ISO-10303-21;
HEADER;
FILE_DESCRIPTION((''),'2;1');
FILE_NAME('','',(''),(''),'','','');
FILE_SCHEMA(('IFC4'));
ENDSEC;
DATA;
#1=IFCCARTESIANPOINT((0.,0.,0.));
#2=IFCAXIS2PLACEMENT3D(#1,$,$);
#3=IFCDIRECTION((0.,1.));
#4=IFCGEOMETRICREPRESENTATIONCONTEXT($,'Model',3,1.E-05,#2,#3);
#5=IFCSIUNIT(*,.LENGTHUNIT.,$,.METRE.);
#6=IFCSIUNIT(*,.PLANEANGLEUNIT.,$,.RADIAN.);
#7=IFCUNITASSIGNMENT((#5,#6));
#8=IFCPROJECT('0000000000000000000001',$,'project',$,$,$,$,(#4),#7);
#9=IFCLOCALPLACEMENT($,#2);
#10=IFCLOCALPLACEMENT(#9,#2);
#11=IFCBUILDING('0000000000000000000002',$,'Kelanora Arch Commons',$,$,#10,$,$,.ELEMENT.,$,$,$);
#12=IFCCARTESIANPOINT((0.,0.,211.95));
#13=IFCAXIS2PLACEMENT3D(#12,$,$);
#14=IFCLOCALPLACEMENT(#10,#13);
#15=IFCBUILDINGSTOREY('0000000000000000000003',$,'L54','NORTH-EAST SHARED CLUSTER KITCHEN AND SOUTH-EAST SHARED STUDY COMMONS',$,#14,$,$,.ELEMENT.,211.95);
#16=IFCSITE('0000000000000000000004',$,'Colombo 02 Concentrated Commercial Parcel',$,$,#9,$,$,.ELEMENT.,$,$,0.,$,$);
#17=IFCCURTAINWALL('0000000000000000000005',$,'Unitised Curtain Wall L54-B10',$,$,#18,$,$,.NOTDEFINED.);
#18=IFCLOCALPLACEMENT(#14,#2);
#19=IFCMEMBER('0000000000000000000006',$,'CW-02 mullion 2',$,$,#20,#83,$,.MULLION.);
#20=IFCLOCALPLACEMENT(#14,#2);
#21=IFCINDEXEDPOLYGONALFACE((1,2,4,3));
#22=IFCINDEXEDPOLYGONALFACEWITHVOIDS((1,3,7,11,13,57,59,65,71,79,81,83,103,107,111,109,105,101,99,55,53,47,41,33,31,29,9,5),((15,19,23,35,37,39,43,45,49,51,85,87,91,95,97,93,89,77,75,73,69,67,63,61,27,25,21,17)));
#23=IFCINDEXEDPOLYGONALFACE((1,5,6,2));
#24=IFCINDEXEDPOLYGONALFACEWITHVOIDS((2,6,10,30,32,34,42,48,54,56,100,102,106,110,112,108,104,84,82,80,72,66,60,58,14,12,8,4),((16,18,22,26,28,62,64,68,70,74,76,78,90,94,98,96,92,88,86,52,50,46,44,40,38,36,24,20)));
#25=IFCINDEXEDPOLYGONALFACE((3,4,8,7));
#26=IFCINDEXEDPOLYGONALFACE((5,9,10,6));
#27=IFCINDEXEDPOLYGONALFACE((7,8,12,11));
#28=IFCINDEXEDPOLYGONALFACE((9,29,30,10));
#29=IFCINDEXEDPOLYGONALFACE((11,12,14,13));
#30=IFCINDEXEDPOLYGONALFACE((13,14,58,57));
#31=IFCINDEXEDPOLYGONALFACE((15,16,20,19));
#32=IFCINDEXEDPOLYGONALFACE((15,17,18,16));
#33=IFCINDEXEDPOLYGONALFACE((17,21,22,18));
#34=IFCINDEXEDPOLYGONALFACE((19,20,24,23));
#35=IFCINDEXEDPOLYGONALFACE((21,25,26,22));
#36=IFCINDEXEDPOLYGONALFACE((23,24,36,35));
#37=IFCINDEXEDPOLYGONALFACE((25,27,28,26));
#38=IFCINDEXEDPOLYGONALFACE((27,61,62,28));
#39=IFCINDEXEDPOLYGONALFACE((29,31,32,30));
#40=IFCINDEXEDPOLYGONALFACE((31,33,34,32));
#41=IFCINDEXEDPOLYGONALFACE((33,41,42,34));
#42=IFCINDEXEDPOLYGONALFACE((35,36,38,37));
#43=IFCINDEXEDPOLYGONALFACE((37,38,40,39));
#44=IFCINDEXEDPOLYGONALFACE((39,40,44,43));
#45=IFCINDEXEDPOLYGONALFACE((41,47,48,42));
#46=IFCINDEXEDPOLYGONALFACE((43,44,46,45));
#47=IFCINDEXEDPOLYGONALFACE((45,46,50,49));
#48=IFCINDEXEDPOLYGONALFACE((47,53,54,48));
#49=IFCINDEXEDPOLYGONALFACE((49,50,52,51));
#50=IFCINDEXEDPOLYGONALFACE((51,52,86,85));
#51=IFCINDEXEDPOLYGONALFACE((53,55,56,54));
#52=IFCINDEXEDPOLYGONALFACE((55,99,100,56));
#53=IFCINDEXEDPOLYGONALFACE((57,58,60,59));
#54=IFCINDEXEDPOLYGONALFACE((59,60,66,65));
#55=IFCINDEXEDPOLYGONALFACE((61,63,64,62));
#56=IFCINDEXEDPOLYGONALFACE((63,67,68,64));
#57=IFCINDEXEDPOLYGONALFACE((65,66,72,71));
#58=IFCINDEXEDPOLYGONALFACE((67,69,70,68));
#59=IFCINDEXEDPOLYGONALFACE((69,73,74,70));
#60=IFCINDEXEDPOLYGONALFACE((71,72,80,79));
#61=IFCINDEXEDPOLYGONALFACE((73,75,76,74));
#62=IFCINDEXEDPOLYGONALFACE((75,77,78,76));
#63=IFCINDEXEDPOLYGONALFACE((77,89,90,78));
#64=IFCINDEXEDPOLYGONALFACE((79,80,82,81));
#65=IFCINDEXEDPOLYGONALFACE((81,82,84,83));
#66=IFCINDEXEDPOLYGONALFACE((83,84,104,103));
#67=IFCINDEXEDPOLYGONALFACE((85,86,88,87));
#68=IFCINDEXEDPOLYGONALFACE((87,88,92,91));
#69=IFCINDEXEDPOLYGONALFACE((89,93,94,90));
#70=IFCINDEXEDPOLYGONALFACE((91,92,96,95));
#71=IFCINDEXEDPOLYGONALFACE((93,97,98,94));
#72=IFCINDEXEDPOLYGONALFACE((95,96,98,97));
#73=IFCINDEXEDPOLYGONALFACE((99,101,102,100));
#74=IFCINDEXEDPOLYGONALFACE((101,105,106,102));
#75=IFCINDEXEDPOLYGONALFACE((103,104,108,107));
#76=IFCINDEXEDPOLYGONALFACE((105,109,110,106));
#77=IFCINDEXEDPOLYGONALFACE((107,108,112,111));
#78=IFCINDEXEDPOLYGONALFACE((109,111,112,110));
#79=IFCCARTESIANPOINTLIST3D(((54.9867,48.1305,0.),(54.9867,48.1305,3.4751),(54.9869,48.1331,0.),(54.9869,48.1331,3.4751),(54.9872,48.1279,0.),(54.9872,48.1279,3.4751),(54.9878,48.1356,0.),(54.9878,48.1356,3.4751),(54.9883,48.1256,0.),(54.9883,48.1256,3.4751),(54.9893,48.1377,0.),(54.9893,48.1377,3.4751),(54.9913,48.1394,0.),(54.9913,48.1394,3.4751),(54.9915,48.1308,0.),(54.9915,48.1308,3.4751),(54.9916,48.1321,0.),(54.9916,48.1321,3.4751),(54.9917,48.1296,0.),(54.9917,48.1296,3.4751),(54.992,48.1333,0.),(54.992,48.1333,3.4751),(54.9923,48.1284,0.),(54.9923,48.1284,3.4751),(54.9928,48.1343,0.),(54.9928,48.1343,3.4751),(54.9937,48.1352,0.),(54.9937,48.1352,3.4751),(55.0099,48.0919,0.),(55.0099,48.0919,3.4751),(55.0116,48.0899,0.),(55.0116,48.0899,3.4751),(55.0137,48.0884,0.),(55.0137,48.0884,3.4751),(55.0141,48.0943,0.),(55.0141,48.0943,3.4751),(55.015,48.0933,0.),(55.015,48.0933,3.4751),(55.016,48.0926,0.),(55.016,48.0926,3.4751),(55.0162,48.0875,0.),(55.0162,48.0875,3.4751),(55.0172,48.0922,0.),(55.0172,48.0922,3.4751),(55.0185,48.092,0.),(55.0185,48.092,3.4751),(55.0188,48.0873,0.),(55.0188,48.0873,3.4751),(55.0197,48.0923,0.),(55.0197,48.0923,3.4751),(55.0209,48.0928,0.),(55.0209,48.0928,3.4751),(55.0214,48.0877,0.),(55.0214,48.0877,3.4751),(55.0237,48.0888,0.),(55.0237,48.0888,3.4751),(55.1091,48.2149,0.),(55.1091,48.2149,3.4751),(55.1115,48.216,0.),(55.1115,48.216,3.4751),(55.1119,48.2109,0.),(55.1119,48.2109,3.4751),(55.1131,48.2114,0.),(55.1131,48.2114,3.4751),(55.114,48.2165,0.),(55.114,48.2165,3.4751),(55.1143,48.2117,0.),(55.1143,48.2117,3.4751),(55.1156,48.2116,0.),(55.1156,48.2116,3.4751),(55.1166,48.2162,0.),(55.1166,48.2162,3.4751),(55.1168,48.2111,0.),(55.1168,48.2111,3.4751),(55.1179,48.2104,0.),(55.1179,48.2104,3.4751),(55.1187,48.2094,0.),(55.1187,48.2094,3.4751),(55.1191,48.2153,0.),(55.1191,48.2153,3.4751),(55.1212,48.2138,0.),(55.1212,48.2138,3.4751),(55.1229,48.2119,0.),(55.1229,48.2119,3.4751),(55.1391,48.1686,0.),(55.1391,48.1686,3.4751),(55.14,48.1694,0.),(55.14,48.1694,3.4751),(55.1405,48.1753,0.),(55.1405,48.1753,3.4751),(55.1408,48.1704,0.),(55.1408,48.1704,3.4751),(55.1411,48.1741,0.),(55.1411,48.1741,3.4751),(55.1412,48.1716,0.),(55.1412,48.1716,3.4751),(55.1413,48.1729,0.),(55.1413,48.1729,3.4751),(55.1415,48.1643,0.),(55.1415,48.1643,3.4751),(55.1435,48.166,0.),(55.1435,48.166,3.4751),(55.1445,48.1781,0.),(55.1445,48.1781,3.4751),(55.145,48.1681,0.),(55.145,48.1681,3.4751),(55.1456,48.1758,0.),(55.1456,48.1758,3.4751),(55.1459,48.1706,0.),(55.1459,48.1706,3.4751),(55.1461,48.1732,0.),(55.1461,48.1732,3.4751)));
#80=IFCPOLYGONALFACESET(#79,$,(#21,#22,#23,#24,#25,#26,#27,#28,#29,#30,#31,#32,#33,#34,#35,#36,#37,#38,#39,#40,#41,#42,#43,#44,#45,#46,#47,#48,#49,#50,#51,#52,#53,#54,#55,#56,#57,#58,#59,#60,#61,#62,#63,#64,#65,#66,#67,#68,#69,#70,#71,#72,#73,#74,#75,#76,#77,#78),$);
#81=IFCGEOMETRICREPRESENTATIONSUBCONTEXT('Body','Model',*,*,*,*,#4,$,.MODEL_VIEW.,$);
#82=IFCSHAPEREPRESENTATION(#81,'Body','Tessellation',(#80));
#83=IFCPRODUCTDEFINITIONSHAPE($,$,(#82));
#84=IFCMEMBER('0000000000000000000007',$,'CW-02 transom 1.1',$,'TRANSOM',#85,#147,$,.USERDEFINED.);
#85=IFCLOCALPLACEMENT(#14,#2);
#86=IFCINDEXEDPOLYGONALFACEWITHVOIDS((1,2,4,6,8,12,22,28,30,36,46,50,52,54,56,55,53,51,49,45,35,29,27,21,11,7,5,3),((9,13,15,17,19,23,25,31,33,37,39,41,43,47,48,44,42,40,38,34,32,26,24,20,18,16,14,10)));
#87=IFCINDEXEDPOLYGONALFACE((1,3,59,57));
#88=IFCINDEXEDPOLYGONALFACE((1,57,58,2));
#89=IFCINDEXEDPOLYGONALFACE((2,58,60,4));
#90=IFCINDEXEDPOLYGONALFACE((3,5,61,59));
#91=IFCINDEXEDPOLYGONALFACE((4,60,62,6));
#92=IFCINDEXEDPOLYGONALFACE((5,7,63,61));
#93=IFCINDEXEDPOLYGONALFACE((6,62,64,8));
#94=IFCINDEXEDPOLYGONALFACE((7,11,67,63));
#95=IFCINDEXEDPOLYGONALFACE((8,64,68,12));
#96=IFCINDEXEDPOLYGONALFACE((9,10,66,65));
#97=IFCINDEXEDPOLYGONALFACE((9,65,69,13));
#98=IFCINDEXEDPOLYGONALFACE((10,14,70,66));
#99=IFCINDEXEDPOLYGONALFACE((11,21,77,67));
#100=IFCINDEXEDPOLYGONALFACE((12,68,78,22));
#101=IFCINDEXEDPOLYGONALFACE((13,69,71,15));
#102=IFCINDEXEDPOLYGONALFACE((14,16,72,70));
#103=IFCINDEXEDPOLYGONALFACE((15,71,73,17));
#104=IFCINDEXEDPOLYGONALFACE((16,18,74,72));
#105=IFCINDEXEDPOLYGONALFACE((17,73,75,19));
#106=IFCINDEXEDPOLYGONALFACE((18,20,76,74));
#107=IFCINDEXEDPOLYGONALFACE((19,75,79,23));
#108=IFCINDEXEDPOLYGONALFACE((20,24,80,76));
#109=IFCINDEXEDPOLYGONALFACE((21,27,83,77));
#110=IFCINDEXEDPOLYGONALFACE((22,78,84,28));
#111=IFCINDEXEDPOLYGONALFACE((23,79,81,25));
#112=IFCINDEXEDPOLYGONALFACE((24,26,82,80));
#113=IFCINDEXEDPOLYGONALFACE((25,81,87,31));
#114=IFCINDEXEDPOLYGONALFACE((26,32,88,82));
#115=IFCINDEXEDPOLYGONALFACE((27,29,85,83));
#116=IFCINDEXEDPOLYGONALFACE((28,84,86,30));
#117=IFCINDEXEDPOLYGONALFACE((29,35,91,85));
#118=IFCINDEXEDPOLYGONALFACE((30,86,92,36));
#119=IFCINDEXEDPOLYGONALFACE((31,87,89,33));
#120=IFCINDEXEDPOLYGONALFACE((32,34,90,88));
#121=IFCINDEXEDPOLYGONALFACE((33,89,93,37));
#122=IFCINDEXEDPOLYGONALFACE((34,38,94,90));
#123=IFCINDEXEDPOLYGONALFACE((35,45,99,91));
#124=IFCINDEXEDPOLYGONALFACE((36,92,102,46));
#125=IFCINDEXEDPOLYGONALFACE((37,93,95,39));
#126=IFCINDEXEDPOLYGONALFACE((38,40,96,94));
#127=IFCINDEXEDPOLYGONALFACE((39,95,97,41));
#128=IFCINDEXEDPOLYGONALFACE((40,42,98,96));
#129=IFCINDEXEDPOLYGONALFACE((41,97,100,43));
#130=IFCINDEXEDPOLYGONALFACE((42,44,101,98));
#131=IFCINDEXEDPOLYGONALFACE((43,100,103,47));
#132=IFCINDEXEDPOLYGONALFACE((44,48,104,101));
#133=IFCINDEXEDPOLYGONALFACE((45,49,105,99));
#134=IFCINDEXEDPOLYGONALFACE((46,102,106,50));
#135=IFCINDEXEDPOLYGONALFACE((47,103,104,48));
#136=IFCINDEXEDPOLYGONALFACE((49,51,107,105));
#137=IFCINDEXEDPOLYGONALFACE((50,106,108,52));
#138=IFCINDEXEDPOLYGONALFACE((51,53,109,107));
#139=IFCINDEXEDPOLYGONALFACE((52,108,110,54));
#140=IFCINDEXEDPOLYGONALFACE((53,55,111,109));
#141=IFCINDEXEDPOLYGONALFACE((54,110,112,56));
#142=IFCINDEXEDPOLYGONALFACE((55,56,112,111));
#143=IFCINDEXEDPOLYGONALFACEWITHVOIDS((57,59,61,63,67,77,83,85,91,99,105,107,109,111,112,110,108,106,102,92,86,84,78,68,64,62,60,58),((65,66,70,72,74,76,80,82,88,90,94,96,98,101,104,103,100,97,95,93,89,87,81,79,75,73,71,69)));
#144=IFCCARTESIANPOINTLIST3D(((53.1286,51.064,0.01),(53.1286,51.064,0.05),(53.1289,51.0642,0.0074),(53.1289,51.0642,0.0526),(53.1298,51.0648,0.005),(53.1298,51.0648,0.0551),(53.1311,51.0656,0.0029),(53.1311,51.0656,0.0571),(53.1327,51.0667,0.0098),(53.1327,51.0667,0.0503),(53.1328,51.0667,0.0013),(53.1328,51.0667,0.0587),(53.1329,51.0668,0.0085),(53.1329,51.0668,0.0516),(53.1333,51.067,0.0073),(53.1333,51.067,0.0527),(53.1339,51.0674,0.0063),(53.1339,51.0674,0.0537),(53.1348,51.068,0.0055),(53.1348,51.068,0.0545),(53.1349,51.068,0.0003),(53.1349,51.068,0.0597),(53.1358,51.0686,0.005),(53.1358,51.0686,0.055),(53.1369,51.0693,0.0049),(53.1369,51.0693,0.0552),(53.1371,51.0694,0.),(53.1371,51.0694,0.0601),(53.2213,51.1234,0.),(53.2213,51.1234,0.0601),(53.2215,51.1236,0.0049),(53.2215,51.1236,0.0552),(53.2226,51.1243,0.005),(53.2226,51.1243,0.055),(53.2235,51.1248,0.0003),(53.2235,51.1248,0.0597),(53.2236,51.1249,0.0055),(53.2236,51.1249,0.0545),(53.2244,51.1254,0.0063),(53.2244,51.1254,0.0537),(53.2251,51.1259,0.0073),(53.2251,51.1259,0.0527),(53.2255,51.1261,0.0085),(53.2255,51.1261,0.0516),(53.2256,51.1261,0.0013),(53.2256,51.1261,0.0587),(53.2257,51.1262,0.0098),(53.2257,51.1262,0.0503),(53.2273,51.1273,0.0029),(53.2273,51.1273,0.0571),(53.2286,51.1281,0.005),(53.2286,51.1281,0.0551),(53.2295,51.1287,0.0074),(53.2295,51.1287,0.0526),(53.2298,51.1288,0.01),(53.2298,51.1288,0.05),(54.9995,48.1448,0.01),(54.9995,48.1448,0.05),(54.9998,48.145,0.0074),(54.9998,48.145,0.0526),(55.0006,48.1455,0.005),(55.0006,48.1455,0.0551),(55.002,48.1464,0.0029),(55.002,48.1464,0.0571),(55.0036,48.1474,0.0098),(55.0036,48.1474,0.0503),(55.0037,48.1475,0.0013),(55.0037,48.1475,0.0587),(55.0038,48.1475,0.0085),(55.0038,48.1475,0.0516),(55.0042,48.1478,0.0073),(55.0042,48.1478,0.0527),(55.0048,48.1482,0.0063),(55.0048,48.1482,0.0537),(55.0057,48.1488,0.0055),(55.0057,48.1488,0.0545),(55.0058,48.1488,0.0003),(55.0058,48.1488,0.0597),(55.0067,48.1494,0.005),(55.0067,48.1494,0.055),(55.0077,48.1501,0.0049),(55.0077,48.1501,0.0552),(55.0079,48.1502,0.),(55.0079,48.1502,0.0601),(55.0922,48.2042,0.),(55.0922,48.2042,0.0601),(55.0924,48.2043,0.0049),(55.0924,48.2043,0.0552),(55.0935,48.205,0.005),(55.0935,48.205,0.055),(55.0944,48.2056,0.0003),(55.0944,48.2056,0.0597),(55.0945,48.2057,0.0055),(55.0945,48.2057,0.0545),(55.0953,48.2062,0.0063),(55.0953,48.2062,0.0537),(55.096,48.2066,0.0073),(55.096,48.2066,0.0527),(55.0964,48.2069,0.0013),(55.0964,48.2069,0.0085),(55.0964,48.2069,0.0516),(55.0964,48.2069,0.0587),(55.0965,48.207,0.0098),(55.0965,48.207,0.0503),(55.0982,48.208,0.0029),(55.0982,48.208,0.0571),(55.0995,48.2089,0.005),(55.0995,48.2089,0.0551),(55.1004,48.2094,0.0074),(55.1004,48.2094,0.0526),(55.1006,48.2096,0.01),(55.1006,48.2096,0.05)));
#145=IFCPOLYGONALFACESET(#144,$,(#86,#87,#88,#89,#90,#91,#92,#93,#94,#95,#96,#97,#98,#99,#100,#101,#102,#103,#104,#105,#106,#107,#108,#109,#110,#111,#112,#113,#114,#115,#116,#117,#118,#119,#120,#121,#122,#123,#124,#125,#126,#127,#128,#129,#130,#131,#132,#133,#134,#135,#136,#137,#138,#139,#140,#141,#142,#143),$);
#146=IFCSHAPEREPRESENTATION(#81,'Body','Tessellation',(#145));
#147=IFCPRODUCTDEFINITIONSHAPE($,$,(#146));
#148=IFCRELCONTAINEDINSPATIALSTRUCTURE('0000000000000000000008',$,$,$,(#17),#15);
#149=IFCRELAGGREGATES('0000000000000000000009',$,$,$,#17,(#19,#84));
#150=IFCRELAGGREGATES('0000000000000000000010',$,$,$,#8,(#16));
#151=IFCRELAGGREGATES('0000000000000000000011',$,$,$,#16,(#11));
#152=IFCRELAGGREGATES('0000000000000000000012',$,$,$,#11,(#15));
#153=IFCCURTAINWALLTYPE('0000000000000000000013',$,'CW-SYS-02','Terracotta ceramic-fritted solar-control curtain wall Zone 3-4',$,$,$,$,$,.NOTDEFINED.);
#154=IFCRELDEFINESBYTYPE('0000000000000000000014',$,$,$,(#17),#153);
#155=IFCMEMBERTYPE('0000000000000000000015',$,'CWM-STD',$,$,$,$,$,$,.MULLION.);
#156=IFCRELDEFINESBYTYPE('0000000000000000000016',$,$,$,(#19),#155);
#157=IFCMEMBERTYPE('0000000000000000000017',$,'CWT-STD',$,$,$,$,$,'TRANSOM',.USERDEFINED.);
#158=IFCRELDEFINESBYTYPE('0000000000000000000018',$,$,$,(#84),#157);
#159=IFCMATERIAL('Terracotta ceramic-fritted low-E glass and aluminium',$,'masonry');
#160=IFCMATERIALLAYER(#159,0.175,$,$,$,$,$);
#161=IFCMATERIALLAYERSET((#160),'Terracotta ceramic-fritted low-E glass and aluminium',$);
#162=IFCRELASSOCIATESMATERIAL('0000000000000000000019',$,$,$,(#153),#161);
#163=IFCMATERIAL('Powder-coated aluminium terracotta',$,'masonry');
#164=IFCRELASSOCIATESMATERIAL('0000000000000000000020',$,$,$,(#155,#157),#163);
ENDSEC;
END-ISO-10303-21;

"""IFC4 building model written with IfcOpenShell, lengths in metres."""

from ifc_helpers import new_model, si_unit, direction, frame, origin, origin_2d, place, context, subcontext, project, spatial, hollow_rectangle, extrude, material, layer, layer_set, material_profile, profile_set, type_object, element, aggregate, save


model = new_model("IFC4")

# Units and contexts
model_context = context("Model", 3, precision=1e-05, world=origin(), true_north=direction((0.0, 1.0)))
body_context = subcontext(model_context, "Body", "Model", "MODEL_VIEW")
ifc_project = project(units=[si_unit("LENGTHUNIT", "METRE"), si_unit("PLANEANGLEUNIT", "RADIAN")], contexts=[model_context])

# Site, building, storey
site_placement = place(None, origin())
site = spatial("IfcSite", under=ifc_project, at=site_placement, Name="Colombo 02 Concentrated Commercial Parcel", CompositionType="ELEMENT", RefElevation=0.0)
building_placement = place(site_placement, origin())
building = spatial("IfcBuilding", under=site, at=building_placement, Name="Kelanora Arch Commons", CompositionType="ELEMENT")
storey_placement = place(building_placement, frame((0.0, 0.0, 211.95)))
storey = spatial("IfcBuildingStorey", under=building, at=storey_placement, Name="L54", Description="NORTH-EAST SHARED CLUSTER KITCHEN AND SOUTH-EAST SHARED STUDY COMMONS", CompositionType="ELEMENT", Elevation=211.95)

# Shared definitions
ifc_material_1 = material(Name="Terracotta ceramic-fritted low-E glass and aluminium", Category="masonry")
ifc_layer_1 = layer(ifc_material_1, 0.175)
ifc_layer_set_1 = layer_set([ifc_layer_1], Name="Terracotta ceramic-fritted low-E glass and aluminium")
curtain_wall_type = type_object("IfcCurtainWallType", Name="CW-SYS-02", Description="Terracotta ceramic-fritted solar-control curtain wall Zone 3-4", PredefinedType="NOTDEFINED", material=ifc_layer_set_1)
ifc_material_2 = material(Name="Powder-coated aluminium terracotta", Category="masonry")
ifc_material_profile_1 = material_profile(ifc_material_2, hollow_rectangle(XDim=0.1599, YDim=0.0601, WallThickness=0.0049, InnerFilletRadius=0.0049, OuterFilletRadius=0.01, at=origin_2d()), Name="CWM160x60")
ifc_profile_set_1 = profile_set([ifc_material_profile_1], Name="Powder-coated aluminium terracotta")
member_type_1 = type_object("IfcMemberType", Name="CWM-STD", PredefinedType="MULLION", material=ifc_profile_set_1)

# Curtain wall, members
curtain_wall_1_placement = place(storey_placement, origin())
curtain_wall_1 = element("IfcCurtainWall", 1, at=curtain_wall_1_placement, inside=storey, type_object=curtain_wall_type, Name="Unitised Curtain Wall L54-B10", PredefinedType="NOTDEFINED")
member_1_placement = place(storey_placement, frame((55.0664, 48.1519, 0.0), z_axis=(0.0, 0.0, 1.0), x_axis=(0.841948, 0.539559, 0.0)))
member_1 = element("IfcMember", 2, at=member_1_placement, type_object=member_type_1, Name="CW-02 mullion 2", PredefinedType="MULLION", context=body_context, shape_type="SweptSolid", body=[
    extrude(hollow_rectangle(XDim=0.1599, YDim=0.0601, WallThickness=0.0049, InnerFilletRadius=0.0049, OuterFilletRadius=0.01, at=origin_2d()), origin(), (0.0, 0.0, 1.0), 3.4751),
])
ifc_material_profile_2 = material_profile(ifc_material_2, hollow_rectangle(XDim=0.1201, YDim=0.0601, WallThickness=0.0049, InnerFilletRadius=0.0049, OuterFilletRadius=0.01, at=origin_2d()), Name="CWT120x60")
ifc_profile_set_2 = profile_set([ifc_material_profile_2], Name="Powder-coated aluminium terracotta")
member_type_2 = type_object("IfcMemberType", Name="CWT-STD", ElementType="TRANSOM", PredefinedType="USERDEFINED", material=ifc_profile_set_2)
member_2_placement = place(storey_placement, frame((53.1792, 51.0964, 0.03), z_axis=(0.539579, -0.841935, 0.0), x_axis=(0.841935, 0.539579, 0.0)))
member_2 = element("IfcMember", 3, at=member_2_placement, type_object=member_type_2, Name="CW-02 transom 1.1", ObjectType="TRANSOM", PredefinedType="USERDEFINED", context=body_context, shape_type="SweptSolid", body=[
    extrude(hollow_rectangle(XDim=0.1201, YDim=0.0601, WallThickness=0.0049, InnerFilletRadius=0.0049, OuterFilletRadius=0.01, at=origin_2d()), origin(), (0.0, 0.0, 1.0), 3.4673),
])

aggregate(curtain_wall_1, [member_1, member_2])

save(model, "model.ifc")
